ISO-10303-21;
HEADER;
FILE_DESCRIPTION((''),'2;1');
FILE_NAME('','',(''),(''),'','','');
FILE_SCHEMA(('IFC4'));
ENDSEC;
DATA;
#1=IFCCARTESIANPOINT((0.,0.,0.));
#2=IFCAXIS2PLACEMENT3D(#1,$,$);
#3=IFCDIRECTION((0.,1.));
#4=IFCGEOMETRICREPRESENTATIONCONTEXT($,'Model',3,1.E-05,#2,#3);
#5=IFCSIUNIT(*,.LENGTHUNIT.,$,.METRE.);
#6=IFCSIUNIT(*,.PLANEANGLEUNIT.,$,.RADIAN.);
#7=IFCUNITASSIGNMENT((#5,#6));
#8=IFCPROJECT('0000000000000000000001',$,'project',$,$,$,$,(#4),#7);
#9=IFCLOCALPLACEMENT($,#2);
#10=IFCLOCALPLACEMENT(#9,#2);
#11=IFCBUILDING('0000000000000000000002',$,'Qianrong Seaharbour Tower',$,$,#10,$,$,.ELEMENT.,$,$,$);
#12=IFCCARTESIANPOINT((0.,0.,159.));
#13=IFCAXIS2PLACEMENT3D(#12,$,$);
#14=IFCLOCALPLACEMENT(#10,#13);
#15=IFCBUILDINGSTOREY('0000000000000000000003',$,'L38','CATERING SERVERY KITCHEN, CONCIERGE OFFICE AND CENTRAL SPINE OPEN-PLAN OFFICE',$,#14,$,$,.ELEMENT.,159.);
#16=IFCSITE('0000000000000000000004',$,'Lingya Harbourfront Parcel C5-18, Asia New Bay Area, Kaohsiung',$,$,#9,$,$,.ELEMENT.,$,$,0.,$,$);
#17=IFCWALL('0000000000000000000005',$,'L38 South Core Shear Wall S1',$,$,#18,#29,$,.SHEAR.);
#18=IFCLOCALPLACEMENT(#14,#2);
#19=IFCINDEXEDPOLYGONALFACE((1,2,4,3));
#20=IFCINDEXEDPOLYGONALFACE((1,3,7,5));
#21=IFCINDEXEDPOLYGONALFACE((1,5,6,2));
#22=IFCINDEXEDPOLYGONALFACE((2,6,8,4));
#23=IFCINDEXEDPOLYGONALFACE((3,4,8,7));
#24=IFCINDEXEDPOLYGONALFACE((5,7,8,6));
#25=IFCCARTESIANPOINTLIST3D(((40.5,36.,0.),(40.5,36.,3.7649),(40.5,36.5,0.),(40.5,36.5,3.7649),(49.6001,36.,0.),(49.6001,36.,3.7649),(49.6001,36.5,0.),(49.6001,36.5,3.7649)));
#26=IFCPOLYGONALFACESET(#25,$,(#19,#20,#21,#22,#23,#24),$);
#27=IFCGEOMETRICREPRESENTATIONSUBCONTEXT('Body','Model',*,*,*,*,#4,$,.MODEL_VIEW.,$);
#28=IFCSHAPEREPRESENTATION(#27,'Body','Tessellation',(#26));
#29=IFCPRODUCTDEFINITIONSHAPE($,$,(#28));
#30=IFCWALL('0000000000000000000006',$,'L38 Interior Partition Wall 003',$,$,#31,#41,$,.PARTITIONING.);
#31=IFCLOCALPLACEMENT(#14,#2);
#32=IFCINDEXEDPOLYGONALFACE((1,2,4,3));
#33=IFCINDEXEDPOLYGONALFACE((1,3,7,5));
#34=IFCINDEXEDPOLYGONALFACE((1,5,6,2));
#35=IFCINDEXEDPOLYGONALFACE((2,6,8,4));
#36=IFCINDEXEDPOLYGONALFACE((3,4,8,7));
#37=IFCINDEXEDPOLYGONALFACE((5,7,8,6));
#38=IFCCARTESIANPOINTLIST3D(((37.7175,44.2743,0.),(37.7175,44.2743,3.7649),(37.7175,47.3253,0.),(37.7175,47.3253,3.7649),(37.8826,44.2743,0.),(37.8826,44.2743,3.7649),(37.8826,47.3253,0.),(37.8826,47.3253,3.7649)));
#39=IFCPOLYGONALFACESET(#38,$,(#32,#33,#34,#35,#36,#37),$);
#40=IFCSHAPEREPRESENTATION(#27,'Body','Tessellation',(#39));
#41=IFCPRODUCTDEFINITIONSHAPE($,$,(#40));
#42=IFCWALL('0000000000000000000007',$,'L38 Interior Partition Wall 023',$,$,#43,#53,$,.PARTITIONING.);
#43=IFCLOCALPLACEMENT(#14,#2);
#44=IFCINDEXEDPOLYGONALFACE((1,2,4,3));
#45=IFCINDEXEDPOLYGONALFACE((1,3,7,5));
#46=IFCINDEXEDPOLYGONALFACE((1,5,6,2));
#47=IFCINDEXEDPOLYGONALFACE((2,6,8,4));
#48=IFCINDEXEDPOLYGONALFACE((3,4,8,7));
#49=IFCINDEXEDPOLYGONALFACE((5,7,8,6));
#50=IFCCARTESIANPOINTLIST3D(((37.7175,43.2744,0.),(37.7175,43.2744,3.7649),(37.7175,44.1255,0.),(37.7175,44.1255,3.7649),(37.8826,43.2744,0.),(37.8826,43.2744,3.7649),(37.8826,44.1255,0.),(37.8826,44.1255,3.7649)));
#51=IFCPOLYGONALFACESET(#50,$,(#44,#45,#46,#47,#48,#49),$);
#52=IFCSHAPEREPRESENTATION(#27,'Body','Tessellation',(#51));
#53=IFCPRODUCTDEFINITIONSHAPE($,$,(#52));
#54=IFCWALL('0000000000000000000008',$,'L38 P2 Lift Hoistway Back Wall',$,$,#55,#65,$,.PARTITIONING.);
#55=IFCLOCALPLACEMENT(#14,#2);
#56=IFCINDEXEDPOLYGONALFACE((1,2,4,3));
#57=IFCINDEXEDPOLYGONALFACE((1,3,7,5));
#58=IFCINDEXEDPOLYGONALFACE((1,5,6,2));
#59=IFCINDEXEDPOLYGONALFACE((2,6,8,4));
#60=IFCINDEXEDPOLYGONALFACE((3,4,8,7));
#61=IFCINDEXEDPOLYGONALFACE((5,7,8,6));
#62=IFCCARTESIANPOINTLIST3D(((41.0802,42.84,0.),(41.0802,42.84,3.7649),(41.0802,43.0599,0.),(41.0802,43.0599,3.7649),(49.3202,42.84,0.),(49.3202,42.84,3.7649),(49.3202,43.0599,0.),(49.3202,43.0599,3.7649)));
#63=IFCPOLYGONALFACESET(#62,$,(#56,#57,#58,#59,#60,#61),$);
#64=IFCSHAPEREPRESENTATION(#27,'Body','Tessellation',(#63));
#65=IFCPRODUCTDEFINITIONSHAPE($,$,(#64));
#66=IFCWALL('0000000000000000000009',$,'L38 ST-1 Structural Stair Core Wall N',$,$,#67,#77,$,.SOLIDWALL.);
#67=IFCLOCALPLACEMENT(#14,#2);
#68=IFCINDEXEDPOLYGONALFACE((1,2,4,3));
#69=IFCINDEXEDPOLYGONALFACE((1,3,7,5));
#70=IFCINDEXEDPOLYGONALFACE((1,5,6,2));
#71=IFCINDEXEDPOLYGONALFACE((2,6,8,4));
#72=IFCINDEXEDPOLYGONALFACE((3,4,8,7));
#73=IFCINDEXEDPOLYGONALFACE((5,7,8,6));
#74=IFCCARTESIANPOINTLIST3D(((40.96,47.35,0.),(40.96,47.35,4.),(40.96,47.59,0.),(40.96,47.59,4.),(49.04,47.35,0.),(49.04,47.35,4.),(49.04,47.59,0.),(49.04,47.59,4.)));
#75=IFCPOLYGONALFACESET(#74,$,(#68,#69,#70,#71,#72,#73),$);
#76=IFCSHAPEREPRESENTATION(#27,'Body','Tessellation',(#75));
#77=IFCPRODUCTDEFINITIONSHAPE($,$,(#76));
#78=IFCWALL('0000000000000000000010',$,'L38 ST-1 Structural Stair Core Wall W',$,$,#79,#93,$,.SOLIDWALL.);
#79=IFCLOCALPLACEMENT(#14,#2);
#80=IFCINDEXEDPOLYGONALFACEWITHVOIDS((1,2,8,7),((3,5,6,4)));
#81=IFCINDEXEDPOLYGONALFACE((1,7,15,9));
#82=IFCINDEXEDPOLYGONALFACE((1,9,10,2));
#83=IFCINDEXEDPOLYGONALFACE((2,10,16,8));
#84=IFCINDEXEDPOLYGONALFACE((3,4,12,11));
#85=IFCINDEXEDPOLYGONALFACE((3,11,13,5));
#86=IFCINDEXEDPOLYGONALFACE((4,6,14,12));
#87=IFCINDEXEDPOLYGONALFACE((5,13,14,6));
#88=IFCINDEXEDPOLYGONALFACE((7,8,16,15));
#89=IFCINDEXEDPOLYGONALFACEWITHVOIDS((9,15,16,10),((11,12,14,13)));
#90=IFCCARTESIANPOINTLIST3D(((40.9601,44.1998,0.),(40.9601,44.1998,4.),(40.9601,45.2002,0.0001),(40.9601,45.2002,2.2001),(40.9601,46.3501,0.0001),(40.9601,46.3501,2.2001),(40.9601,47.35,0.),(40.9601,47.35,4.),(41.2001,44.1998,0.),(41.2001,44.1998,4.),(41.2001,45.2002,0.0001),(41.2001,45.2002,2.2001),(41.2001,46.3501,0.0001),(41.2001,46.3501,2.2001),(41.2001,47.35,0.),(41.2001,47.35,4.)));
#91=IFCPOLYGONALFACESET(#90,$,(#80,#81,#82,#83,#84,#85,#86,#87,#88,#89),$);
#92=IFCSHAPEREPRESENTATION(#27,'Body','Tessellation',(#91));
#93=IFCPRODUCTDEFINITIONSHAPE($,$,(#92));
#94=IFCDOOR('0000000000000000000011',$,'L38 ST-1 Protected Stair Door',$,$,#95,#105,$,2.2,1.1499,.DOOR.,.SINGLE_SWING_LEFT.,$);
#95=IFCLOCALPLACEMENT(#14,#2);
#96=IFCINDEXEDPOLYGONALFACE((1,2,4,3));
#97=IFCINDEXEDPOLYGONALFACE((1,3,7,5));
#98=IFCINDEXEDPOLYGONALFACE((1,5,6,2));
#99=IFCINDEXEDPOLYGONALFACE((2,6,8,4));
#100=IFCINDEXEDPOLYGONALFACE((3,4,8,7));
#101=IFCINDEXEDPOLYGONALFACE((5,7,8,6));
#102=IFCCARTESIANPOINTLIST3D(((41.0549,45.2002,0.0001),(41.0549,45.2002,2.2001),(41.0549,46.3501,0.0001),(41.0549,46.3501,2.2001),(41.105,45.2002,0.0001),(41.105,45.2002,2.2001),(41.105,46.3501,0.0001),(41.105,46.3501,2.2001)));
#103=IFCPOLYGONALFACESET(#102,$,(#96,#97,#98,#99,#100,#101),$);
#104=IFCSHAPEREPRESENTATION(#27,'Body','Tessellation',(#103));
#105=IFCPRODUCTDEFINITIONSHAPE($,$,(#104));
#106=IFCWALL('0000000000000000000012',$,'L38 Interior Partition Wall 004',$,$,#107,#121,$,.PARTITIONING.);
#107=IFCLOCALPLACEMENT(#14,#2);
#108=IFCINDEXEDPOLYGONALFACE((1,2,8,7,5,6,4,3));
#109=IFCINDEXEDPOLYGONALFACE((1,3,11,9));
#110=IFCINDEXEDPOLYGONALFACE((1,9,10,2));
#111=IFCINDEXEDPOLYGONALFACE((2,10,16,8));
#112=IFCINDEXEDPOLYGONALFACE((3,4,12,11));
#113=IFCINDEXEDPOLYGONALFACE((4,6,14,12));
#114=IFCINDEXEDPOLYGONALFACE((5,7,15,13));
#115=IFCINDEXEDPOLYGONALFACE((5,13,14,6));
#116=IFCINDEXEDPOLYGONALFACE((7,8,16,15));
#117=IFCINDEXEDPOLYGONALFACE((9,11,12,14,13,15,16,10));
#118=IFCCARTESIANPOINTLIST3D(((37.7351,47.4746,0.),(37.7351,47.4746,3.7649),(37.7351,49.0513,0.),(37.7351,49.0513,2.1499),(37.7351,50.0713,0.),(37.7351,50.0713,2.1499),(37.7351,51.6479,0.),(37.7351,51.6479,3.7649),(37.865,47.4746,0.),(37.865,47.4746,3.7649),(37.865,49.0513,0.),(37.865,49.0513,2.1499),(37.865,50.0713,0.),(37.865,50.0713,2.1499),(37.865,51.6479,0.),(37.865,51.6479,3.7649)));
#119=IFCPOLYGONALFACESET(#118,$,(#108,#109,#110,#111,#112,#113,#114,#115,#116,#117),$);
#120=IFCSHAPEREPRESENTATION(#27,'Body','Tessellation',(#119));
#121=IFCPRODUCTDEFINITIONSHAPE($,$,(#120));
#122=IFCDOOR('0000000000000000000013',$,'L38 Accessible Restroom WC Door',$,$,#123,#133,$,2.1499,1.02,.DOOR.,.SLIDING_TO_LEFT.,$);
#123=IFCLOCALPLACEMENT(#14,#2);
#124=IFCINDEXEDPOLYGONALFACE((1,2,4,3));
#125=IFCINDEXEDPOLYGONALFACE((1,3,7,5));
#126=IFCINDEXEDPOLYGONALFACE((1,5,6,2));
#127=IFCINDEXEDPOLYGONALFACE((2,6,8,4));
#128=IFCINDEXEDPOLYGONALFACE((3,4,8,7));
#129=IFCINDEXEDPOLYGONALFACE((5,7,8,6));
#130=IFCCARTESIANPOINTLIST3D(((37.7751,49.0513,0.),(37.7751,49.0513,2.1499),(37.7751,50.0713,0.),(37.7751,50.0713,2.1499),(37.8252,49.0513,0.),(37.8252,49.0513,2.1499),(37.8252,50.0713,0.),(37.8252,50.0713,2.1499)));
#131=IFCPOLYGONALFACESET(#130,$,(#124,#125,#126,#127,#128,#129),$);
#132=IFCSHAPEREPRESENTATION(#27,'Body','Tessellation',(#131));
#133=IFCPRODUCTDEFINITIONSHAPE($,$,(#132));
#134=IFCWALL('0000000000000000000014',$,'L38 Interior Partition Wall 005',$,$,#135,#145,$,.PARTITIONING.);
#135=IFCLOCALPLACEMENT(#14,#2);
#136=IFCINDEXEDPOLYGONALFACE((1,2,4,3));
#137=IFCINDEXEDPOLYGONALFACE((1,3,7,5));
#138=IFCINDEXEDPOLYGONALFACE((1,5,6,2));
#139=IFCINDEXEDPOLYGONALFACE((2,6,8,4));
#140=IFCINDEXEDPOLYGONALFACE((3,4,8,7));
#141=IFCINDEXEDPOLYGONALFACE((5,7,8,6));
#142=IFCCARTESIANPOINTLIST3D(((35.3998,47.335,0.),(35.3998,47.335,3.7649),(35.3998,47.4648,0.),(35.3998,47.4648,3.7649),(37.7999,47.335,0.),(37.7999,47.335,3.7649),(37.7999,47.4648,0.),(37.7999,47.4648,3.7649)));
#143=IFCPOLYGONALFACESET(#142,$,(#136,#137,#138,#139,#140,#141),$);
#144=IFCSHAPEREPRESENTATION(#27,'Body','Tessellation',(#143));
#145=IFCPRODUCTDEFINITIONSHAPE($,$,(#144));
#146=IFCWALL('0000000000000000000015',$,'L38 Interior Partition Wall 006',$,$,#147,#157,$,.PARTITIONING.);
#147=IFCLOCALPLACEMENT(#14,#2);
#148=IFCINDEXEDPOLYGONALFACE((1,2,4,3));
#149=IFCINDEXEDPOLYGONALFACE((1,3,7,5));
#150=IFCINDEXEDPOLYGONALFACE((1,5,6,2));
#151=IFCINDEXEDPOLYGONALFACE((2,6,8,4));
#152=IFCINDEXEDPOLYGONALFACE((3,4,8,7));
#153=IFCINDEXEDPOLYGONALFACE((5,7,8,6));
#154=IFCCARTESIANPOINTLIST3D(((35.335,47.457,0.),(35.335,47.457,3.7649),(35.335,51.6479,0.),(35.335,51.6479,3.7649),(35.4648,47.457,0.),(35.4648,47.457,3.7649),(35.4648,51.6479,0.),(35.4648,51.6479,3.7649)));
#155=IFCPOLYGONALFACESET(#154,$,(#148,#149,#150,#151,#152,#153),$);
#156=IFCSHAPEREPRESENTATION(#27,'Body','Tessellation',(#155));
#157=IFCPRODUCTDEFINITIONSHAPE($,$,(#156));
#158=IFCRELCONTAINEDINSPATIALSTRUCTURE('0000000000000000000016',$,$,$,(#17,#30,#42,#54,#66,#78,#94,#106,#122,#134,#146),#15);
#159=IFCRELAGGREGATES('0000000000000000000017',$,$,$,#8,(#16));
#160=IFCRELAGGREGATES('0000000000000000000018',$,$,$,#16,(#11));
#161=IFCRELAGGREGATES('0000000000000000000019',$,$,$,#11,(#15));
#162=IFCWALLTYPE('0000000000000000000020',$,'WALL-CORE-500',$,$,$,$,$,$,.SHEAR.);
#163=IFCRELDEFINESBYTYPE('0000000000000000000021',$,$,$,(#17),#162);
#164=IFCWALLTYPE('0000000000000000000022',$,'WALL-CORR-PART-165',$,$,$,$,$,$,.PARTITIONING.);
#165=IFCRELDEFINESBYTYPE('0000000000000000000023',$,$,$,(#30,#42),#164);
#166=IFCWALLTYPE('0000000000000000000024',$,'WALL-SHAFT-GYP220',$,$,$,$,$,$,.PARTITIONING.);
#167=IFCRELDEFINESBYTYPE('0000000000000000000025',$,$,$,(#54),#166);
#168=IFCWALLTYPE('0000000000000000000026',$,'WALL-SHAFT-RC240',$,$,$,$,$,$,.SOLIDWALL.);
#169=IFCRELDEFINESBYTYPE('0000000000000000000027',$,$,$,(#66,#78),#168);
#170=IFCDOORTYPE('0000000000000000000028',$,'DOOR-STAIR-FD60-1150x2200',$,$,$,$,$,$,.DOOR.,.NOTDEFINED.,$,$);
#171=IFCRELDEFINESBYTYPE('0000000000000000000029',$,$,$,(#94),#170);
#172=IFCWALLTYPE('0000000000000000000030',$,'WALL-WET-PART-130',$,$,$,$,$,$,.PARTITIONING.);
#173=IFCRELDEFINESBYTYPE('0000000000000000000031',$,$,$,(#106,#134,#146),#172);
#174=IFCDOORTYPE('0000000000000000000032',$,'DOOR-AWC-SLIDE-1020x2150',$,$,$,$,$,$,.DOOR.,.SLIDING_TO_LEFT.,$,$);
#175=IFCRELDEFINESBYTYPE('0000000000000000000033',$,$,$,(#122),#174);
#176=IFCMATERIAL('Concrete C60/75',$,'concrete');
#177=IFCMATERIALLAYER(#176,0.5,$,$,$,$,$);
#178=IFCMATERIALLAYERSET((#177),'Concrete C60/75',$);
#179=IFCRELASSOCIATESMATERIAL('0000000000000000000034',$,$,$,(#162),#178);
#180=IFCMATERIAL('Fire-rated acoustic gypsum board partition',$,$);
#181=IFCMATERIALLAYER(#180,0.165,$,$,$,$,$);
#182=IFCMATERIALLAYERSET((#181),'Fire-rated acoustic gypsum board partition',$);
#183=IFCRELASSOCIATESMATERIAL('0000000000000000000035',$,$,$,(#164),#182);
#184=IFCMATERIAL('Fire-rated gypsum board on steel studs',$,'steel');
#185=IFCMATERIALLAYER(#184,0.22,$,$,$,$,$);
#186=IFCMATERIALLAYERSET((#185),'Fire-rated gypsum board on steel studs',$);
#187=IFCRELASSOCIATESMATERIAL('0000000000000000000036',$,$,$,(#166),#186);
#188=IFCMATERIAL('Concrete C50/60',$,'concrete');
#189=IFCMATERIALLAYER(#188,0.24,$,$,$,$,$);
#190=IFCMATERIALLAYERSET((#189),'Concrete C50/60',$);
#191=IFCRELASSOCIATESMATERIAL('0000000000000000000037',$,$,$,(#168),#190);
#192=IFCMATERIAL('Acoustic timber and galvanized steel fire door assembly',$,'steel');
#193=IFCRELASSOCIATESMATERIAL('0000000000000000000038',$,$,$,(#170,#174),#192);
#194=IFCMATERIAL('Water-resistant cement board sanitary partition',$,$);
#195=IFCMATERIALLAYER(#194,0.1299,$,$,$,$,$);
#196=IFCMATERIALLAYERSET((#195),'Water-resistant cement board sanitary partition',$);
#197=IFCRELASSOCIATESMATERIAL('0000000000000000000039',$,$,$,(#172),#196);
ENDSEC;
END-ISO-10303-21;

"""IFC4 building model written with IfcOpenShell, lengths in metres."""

from ifc_helpers import new_model, si_unit, direction, frame, frame_2d, origin, place, context, subcontext, project, spatial, rectangle, extrude, material, layer, layer_set, type_object, element, fill, save


model = new_model("IFC4")

# Units and contexts
model_context = context("Model", 3, precision=1e-05, world=origin(), true_north=direction((0.0, 1.0)))
body_context = subcontext(model_context, "Body", "Model", "MODEL_VIEW")
ifc_project = project(units=[si_unit("LENGTHUNIT", "METRE"), si_unit("PLANEANGLEUNIT", "RADIAN")], contexts=[model_context])

# Site, building, storey
site_placement = place(None, origin())
site = spatial("IfcSite", under=ifc_project, at=site_placement, Name="Lingya Harbourfront Parcel C5-18, Asia New Bay Area, Kaohsiung", CompositionType="ELEMENT", RefElevation=0.0)
building_placement = place(site_placement, origin())
building = spatial("IfcBuilding", under=site, at=building_placement, Name="Qianrong Seaharbour Tower", CompositionType="ELEMENT")
storey_placement = place(building_placement, frame((0.0, 0.0, 159.0)))
storey = spatial("IfcBuildingStorey", under=building, at=storey_placement, Name="L38", Description="CATERING SERVERY KITCHEN, CONCIERGE OFFICE AND CENTRAL SPINE OPEN-PLAN OFFICE", CompositionType="ELEMENT", Elevation=159.0)

# Wall
ifc_material_1 = material(Name="Concrete C60/75", Category="concrete")
ifc_layer_1 = layer(ifc_material_1, 0.5)
ifc_layer_set_1 = layer_set([ifc_layer_1], Name="Concrete C60/75")
wall_type_1 = type_object("IfcWallType", Name="WALL-CORE-500", PredefinedType="SHEAR", material=ifc_layer_set_1)
wall_1_placement = place(storey_placement, frame((40.5, 36.25, 0.0), z_axis=(0.0, 0.0, 1.0), x_axis=(1.0, 0.0, 0.0)))
element("IfcWall", 1, at=wall_1_placement, inside=storey, type_object=wall_type_1, Name="L38 South Core Shear Wall S1", PredefinedType="SHEAR", context=body_context, shape_type="SweptSolid", body=[
    extrude(rectangle(XDim=9.1001, YDim=0.5, at=frame_2d((4.55, 0.0))), origin(), (0.0, 0.0, 1.0), 3.7649),
])

# Shared definitions
ifc_material_2 = material(Name="Fire-rated acoustic gypsum board partition")
ifc_layer_2 = layer(ifc_material_2, 0.165)
ifc_layer_set_2 = layer_set([ifc_layer_2], Name="Fire-rated acoustic gypsum board partition")
wall_type_2 = type_object("IfcWallType", Name="WALL-CORR-PART-165", PredefinedType="PARTITIONING", material=ifc_layer_set_2)
ifc_material_3 = material(Name="Acoustic timber and galvanized steel fire door assembly", Category="steel")

# Walls
wall_2_placement = place(storey_placement, frame((37.8, 44.2744, 0.0), z_axis=(0.0, 0.0, 1.0), x_axis=(0.0, 1.0, 0.0)))
element("IfcWall", 2, at=wall_2_placement, inside=storey, type_object=wall_type_2, Name="L38 Interior Partition Wall 003", PredefinedType="PARTITIONING", context=body_context, shape_type="SweptSolid", body=[
    extrude(rectangle(XDim=3.051, YDim=0.165, at=frame_2d((1.5254, 0.0))), origin(), (0.0, 0.0, 1.0), 3.7649),
])
wall_3_placement = place(storey_placement, frame((37.8, 43.2744, 0.0), z_axis=(0.0, 0.0, 1.0), x_axis=(0.0, 1.0, 0.0)))
element("IfcWall", 3, at=wall_3_placement, inside=storey, type_object=wall_type_2, Name="L38 Interior Partition Wall 023", PredefinedType="PARTITIONING", context=body_context, shape_type="SweptSolid", body=[
    extrude(rectangle(XDim=0.8511, YDim=0.165, at=frame_2d((0.4255, 0.0))), origin(), (0.0, 0.0, 1.0), 3.7649),
])
ifc_material_4 = material(Name="Fire-rated gypsum board on steel studs", Category="steel")
ifc_layer_3 = layer(ifc_material_4, 0.22)
ifc_layer_set_3 = layer_set([ifc_layer_3], Name="Fire-rated gypsum board on steel studs")
wall_type_3 = type_object("IfcWallType", Name="WALL-SHAFT-GYP220", PredefinedType="PARTITIONING", material=ifc_layer_set_3)
wall_4_placement = place(storey_placement, frame((41.0801, 42.95, 0.0), z_axis=(0.0, 0.0, 1.0), x_axis=(1.0, 0.0, 0.0)))
element("IfcWall", 4, at=wall_4_placement, inside=storey, type_object=wall_type_3, Name="L38 P2 Lift Hoistway Back Wall", PredefinedType="PARTITIONING", context=body_context, shape_type="SweptSolid", body=[
    extrude(rectangle(XDim=8.24, YDim=0.22, at=frame_2d((4.1201, 0.0))), origin(), (0.0, 0.0, 1.0), 3.7649),
])
ifc_material_5 = material(Name="Concrete C50/60", Category="concrete")
ifc_layer_4 = layer(ifc_material_5, 0.24)
ifc_layer_set_4 = layer_set([ifc_layer_4], Name="Concrete C50/60")
wall_type_4 = type_object("IfcWallType", Name="WALL-SHAFT-RC240", PredefinedType="SOLIDWALL", material=ifc_layer_set_4)
wall_5_placement = place(storey_placement, frame((40.96, 47.47, 0.0), z_axis=(0.0, 0.0, 1.0), x_axis=(1.0, 0.0, 0.0)))
element("IfcWall", 5, at=wall_5_placement, inside=storey, type_object=wall_type_4, Name="L38 ST-1 Structural Stair Core Wall N", PredefinedType="SOLIDWALL", context=body_context, shape_type="SweptSolid", body=[
    extrude(rectangle(XDim=8.0801, YDim=0.24, at=frame_2d((4.04, 0.0))), origin(), (0.0, 0.0, 1.0), 4.0),
])

# Walls, openings, doors
wall_6_placement = place(storey_placement, frame((41.0801, 47.3501, 0.0), z_axis=(0.0, 0.0, 1.0), x_axis=(0.0, -1.0, 0.0)))
wall_6 = element("IfcWall", 6, at=wall_6_placement, inside=storey, type_object=wall_type_4, Name="L38 ST-1 Structural Stair Core Wall W", PredefinedType="SOLIDWALL", context=body_context, shape_type="SweptSolid", body=[
    extrude(rectangle(XDim=3.1501, YDim=0.24, at=frame_2d((1.5752, 0.0))), origin(), (0.0, 0.0, 1.0), 4.0),
])
opening_1_placement = place(wall_6_placement, frame((1.0, 0.0, 0.0)))
opening_1 = element("IfcOpeningElement", 7, at=opening_1_placement, cuts=wall_6, PredefinedType="OPENING", context=body_context, shape_type="SweptSolid", body=[
    extrude(rectangle(XDim=1.1499, YDim=2.2, at=frame_2d((0.575, 1.1001))), frame((0.0, 0.1299, 0.0), z_axis=(0.0, -1.0, 0.0), x_axis=(1.0, 0.0, 0.0)), (0.0, 0.0, 1.0), 0.26),
])
door_type_1 = type_object("IfcDoorType", Name="DOOR-STAIR-FD60-1150x2200", OperationType="NOTDEFINED", PredefinedType="DOOR", material=ifc_material_3)
door_1_placement = place(opening_1_placement, origin())
door_1 = element("IfcDoor", 8, at=door_1_placement, inside=storey, type_object=door_type_1, Name="L38 ST-1 Protected Stair Door", OperationType="SINGLE_SWING_LEFT", OverallHeight=2.2, OverallWidth=1.1499, PredefinedType="DOOR", context=body_context, shape_type="SweptSolid", body=[
    extrude(rectangle(XDim=1.1499, YDim=2.2, at=frame_2d((0.575, 1.1001))), frame((0.0, 0.0249, 0.0), z_axis=(0.0, -1.0, 0.0), x_axis=(1.0, 0.0, 0.0)), (0.0, 0.0, 1.0), 0.05),
])
fill(opening_1, door_1)
ifc_material_6 = material(Name="Water-resistant cement board sanitary partition")
ifc_layer_5 = layer(ifc_material_6, 0.1299)
ifc_layer_set_5 = layer_set([ifc_layer_5], Name="Water-resistant cement board sanitary partition")
wall_type_5 = type_object("IfcWallType", Name="WALL-WET-PART-130", PredefinedType="PARTITIONING", material=ifc_layer_set_5)
wall_7_placement = place(storey_placement, frame((37.8, 47.4746, 0.0), z_axis=(0.0, 0.0, 1.0), x_axis=(0.0, 1.0, 0.0)))
wall_7 = element("IfcWall", 9, at=wall_7_placement, inside=storey, type_object=wall_type_5, Name="L38 Interior Partition Wall 004", PredefinedType="PARTITIONING", context=body_context, shape_type="SweptSolid", body=[
    extrude(rectangle(XDim=4.1733, YDim=0.1299, at=frame_2d((2.0867, 0.0))), origin(), (0.0, 0.0, 1.0), 3.7649),
])
opening_2_placement = place(wall_7_placement, frame((1.5767, 0.0, 0.0)))
opening_2 = element("IfcOpeningElement", 10, at=opening_2_placement, cuts=wall_7, PredefinedType="OPENING", context=body_context, shape_type="SweptSolid", body=[
    extrude(rectangle(XDim=1.02, YDim=2.1499, at=frame_2d((0.51, 1.075))), frame((0.0, 0.075, 0.0), z_axis=(0.0, -1.0, 0.0), x_axis=(1.0, 0.0, 0.0)), (0.0, 0.0, 1.0), 0.1499),
])
door_type_2 = type_object("IfcDoorType", Name="DOOR-AWC-SLIDE-1020x2150", OperationType="SLIDING_TO_LEFT", PredefinedType="DOOR", material=ifc_material_3)
door_2_placement = place(opening_2_placement, origin())
door_2 = element("IfcDoor", 11, at=door_2_placement, inside=storey, type_object=door_type_2, Name="L38 Accessible Restroom WC Door", OperationType="SLIDING_TO_LEFT", OverallHeight=2.1499, OverallWidth=1.02, PredefinedType="DOOR", context=body_context, shape_type="SweptSolid", body=[
    extrude(rectangle(XDim=1.02, YDim=2.1499, at=frame_2d((0.51, 1.075))), frame((0.0, 0.0249, 0.0), z_axis=(0.0, -1.0, 0.0), x_axis=(1.0, 0.0, 0.0)), (0.0, 0.0, 1.0), 0.05),
])
fill(opening_2, door_2)

# Walls
wall_8_placement = place(storey_placement, frame((37.8, 47.3999, 0.0), z_axis=(0.0, 0.0, 1.0), x_axis=(-1.0, 0.0, 0.0)))
element("IfcWall", 12, at=wall_8_placement, inside=storey, type_object=wall_type_5, Name="L38 Interior Partition Wall 005", PredefinedType="PARTITIONING", context=body_context, shape_type="SweptSolid", body=[
    extrude(rectangle(XDim=2.4001, YDim=0.1299, at=frame_2d((1.2002, 0.0))), origin(), (0.0, 0.0, 1.0), 3.7649),
])
wall_9_placement = place(storey_placement, frame((35.3999, 47.457, 0.0), z_axis=(0.0, 0.0, 1.0), x_axis=(0.0, 1.0, 0.0)))
element("IfcWall", 13, at=wall_9_placement, inside=storey, type_object=wall_type_5, Name="L38 Interior Partition Wall 006", PredefinedType="PARTITIONING", context=body_context, shape_type="SweptSolid", body=[
    extrude(rectangle(XDim=4.1909, YDim=0.1299, at=frame_2d((2.0955, 0.0))), origin(), (0.0, 0.0, 1.0), 3.7649),
])

save(model, "model.ifc")
